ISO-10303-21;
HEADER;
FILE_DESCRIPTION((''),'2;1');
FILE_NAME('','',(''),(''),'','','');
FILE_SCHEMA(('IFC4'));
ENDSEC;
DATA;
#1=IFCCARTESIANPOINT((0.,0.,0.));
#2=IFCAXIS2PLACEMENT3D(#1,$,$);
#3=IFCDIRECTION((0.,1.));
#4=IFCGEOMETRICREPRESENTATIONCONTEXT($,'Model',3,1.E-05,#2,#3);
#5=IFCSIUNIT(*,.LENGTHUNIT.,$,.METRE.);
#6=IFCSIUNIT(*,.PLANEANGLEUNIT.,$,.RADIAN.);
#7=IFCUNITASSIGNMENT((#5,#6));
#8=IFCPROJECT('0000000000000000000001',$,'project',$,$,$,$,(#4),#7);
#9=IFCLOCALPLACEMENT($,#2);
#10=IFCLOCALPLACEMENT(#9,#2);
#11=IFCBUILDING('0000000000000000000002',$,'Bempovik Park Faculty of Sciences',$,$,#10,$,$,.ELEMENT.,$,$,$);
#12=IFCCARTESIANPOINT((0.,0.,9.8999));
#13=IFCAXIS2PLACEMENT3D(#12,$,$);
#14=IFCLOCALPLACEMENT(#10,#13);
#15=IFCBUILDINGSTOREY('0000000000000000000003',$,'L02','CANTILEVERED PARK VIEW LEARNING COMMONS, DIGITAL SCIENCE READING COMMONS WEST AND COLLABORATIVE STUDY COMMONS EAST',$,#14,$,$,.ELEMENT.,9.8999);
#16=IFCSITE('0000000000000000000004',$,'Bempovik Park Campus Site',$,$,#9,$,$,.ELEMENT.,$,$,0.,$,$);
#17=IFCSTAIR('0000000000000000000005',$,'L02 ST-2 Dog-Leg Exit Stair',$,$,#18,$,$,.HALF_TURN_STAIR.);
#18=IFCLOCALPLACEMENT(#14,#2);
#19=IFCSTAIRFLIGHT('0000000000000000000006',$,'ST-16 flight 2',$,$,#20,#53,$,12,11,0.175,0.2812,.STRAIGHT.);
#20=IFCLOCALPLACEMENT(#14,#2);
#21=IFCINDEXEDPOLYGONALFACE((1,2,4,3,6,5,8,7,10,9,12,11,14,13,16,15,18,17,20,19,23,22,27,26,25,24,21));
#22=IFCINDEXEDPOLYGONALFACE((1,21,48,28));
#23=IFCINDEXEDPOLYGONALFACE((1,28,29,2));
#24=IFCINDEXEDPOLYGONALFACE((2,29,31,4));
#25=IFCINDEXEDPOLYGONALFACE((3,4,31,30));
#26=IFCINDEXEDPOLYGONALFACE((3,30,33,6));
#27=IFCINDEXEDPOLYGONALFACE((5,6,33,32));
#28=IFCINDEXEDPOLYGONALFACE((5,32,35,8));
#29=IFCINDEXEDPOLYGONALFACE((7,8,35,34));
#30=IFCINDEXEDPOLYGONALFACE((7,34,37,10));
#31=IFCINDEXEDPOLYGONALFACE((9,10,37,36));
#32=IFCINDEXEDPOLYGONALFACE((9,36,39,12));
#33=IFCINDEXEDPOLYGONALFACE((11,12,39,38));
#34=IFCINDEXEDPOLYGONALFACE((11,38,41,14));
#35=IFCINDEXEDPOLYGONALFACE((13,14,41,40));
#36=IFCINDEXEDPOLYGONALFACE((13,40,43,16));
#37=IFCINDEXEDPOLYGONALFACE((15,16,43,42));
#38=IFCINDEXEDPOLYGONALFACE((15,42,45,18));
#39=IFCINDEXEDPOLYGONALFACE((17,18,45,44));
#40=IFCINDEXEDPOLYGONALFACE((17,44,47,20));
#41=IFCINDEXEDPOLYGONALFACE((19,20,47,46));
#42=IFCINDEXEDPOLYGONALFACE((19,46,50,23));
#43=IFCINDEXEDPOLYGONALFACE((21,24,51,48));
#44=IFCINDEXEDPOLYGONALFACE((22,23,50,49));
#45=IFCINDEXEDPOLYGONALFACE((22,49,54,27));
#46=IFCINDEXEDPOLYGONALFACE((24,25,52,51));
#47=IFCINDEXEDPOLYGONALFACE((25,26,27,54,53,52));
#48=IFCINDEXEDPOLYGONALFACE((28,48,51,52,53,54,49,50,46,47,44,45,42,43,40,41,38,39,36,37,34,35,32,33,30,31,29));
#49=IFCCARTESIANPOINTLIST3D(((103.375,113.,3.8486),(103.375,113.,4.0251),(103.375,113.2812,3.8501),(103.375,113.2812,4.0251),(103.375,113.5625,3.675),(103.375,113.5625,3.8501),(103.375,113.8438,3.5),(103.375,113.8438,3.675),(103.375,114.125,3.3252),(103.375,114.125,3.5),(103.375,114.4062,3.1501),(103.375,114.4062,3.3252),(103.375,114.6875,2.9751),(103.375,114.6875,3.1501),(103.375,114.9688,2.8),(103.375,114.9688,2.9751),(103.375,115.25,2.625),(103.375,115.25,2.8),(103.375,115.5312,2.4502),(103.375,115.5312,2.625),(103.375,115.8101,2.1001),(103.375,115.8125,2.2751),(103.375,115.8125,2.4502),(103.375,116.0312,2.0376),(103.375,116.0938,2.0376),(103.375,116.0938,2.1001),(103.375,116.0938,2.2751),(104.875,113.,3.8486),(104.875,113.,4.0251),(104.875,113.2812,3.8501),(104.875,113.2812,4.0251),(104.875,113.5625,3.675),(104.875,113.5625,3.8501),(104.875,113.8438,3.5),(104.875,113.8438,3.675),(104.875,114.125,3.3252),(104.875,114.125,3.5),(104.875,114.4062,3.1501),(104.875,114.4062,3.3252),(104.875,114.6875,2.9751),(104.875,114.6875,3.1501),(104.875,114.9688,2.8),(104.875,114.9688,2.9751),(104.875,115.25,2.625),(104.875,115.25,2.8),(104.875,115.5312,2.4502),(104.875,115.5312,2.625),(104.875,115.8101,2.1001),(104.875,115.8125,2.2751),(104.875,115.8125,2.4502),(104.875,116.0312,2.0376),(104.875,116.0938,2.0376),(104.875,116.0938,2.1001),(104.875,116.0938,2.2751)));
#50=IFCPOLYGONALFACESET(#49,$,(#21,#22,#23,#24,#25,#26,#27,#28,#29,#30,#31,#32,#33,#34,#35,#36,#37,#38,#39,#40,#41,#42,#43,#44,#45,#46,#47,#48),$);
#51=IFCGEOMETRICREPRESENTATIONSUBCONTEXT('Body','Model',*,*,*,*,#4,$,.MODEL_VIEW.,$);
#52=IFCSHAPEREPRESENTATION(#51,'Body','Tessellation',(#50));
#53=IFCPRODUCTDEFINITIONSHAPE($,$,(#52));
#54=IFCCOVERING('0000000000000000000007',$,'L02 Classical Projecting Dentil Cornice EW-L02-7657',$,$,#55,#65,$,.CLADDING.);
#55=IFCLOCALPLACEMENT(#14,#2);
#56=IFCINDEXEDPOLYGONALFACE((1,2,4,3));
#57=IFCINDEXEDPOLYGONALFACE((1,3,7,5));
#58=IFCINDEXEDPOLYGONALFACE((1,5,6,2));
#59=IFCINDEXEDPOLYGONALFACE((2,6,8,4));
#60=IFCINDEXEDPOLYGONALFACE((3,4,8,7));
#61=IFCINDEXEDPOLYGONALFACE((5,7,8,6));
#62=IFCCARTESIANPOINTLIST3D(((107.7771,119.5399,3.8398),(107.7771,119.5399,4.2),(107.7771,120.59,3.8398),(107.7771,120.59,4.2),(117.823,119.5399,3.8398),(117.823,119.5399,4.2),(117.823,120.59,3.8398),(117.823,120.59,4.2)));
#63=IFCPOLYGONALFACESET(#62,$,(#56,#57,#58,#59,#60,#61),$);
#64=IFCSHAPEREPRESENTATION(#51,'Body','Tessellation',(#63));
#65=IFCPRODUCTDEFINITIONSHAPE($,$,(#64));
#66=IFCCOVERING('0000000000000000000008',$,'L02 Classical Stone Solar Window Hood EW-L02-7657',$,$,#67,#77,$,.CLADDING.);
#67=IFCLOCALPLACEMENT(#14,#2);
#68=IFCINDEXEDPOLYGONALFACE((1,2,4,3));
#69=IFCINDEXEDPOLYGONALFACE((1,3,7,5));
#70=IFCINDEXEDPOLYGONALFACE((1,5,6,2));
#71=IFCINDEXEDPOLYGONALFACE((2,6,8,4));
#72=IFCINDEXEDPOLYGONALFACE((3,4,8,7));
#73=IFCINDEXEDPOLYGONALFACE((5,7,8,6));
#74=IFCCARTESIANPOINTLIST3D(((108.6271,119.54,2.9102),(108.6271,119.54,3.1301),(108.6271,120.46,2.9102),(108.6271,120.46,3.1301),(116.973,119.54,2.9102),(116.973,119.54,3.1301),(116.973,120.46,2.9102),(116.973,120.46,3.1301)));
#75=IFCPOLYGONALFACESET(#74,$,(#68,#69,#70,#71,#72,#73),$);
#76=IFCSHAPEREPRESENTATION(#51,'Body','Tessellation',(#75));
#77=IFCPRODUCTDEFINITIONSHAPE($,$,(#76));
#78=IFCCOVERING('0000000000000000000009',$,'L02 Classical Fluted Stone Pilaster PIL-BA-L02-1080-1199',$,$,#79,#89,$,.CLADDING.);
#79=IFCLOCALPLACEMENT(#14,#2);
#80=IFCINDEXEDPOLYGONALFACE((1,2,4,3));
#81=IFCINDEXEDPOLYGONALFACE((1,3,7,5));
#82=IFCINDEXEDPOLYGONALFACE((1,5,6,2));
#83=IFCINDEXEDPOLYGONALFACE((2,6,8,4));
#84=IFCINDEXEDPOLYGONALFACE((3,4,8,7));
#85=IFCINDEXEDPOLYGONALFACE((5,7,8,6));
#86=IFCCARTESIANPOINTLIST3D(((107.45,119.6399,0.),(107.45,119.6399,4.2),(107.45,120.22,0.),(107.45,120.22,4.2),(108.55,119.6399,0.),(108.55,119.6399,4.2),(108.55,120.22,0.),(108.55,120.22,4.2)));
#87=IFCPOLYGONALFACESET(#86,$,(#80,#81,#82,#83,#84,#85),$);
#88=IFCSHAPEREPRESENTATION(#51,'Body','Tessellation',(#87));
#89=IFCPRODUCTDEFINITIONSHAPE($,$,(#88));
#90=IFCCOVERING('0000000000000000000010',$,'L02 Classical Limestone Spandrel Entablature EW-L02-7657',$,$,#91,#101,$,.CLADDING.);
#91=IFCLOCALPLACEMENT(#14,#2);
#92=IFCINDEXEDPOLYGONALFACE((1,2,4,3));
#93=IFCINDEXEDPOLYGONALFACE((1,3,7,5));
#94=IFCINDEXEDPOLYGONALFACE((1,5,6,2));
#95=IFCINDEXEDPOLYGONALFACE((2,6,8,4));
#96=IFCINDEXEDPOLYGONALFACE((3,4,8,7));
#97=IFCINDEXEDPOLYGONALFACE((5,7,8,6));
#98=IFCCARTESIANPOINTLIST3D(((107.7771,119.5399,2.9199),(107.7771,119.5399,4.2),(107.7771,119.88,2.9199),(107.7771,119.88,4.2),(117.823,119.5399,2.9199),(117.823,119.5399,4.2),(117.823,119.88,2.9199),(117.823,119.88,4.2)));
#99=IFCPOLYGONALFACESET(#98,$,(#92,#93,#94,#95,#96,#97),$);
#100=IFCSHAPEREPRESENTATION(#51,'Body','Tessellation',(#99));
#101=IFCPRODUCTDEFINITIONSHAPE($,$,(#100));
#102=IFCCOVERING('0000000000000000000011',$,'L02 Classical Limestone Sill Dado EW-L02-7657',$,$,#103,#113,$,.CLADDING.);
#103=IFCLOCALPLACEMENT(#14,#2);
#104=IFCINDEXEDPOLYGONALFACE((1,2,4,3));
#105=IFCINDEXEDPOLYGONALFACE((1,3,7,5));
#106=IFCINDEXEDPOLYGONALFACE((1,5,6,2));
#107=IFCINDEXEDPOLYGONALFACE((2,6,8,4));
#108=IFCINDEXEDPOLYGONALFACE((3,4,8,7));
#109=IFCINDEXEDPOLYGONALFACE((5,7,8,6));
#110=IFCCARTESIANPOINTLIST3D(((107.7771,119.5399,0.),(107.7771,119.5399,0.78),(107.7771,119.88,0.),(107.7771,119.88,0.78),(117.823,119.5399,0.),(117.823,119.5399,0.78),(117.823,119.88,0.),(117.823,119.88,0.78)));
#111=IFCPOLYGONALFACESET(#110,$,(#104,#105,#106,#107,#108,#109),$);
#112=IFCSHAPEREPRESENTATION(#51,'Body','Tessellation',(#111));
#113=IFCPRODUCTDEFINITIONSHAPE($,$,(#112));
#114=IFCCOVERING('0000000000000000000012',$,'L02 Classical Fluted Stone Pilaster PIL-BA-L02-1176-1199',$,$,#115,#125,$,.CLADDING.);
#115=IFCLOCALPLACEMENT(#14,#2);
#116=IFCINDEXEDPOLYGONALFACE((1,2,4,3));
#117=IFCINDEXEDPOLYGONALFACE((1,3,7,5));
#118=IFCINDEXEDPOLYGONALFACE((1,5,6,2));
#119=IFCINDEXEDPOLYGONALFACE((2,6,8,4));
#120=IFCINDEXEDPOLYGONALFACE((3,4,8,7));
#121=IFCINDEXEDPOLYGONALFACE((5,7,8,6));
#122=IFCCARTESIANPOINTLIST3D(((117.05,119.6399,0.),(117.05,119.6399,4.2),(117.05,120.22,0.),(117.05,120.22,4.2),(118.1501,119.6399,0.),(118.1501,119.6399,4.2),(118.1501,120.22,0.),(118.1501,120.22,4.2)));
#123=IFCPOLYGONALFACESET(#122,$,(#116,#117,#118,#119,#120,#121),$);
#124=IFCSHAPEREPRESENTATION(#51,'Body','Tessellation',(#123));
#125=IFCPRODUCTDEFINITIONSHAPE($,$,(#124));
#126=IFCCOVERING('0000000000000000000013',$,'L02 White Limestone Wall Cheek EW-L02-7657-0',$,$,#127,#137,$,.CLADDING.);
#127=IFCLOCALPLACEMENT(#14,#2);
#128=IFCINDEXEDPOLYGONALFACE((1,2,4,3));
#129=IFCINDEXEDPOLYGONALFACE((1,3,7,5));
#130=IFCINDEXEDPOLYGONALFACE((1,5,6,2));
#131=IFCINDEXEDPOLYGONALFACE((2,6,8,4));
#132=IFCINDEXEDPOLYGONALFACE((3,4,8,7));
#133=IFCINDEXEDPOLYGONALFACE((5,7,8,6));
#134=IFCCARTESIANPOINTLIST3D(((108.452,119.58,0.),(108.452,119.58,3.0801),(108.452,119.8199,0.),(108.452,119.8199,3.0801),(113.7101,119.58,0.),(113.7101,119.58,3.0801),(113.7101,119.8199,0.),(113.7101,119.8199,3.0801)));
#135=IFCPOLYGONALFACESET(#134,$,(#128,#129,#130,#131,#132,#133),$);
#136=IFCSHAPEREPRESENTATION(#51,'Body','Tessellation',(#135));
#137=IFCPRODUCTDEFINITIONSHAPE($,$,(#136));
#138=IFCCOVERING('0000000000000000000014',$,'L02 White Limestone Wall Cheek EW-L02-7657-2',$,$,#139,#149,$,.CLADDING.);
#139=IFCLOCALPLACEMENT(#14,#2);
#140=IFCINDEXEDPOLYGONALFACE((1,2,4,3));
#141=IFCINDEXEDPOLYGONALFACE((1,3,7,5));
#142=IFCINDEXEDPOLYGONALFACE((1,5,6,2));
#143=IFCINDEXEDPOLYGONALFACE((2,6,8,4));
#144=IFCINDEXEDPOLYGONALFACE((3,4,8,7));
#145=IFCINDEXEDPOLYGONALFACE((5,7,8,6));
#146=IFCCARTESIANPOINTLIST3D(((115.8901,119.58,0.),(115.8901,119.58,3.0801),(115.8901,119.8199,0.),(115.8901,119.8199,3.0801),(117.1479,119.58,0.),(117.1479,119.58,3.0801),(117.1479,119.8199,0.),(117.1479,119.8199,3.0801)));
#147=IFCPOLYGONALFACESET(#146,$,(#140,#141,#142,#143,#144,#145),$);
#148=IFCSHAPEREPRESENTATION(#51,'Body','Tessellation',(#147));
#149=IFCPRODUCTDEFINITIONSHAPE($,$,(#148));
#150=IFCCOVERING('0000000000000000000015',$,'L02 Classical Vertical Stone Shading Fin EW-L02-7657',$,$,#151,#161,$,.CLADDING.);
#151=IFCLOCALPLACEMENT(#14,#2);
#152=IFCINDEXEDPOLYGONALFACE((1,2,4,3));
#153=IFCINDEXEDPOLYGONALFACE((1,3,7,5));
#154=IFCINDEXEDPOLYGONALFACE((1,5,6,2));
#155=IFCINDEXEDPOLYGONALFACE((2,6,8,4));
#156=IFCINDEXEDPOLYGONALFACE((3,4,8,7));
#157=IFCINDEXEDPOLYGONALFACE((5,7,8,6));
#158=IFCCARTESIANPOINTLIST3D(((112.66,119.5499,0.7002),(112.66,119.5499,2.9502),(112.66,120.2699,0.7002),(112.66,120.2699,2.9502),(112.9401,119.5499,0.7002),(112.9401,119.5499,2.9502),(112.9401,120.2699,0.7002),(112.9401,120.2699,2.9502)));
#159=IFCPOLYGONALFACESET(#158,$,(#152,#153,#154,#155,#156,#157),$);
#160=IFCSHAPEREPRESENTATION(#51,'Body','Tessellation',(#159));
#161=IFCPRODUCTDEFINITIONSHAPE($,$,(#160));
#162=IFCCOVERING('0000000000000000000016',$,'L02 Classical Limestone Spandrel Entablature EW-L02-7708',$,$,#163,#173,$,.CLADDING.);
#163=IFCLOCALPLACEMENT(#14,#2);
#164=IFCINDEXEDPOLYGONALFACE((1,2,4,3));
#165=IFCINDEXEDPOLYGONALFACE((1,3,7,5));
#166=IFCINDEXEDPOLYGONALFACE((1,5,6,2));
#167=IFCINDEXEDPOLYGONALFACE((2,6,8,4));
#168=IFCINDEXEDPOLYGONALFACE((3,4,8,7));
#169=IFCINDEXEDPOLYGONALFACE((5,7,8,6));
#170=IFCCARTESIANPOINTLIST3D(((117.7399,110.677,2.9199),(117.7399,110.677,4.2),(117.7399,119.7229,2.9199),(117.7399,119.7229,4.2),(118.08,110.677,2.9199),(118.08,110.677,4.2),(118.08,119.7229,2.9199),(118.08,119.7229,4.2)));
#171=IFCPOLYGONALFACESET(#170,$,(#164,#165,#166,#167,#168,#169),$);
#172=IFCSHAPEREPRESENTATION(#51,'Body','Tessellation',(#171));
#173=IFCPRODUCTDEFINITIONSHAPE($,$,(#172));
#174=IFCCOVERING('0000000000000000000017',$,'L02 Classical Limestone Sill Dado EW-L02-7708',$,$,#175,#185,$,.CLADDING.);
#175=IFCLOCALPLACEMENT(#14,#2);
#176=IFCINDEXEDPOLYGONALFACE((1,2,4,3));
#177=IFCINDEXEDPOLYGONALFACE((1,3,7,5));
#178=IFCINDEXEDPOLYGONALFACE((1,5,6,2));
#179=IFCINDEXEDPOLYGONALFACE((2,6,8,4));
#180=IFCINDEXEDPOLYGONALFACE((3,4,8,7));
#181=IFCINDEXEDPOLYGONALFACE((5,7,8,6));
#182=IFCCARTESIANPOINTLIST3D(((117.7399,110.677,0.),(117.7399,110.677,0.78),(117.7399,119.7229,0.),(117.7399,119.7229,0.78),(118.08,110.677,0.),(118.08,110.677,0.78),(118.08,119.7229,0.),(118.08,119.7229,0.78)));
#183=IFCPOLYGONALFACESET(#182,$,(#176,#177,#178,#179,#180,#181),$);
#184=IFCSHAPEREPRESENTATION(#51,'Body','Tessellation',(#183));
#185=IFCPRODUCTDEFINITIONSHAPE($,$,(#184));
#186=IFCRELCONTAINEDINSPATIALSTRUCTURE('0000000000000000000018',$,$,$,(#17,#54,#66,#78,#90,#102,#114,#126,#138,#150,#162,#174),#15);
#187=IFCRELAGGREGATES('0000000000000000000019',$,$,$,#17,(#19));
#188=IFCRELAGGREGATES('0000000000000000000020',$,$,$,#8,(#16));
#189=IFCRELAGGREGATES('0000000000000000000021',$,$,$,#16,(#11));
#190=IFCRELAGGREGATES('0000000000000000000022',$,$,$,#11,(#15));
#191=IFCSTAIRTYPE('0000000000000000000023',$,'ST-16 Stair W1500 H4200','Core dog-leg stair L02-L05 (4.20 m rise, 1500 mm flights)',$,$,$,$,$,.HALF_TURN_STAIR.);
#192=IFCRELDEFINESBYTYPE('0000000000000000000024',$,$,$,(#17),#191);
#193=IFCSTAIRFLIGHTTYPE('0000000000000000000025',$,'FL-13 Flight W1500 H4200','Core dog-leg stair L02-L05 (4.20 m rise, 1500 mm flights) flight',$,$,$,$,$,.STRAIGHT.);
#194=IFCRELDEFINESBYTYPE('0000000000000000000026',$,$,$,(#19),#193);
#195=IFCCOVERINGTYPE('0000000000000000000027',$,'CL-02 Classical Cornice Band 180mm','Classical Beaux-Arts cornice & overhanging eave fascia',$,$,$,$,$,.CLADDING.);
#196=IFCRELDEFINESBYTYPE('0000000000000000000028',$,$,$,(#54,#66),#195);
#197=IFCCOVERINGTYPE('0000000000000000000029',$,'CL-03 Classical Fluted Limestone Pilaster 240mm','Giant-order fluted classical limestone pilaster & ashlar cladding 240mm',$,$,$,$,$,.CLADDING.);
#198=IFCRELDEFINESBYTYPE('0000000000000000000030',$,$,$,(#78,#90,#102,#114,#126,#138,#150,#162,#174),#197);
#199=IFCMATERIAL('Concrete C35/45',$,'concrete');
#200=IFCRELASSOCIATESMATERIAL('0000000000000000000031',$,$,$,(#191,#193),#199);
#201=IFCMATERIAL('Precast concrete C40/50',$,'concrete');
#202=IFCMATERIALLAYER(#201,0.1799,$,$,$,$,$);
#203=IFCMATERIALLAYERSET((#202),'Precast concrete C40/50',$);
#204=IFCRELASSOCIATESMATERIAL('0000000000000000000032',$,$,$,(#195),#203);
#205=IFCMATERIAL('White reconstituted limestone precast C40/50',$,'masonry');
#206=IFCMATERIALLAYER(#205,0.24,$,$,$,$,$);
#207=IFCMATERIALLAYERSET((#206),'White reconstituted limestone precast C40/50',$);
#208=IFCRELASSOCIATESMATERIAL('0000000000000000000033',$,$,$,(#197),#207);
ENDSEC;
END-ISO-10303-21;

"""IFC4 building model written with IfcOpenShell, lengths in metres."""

from ifc_helpers import new_model, si_unit, direction, frame, origin, origin_2d, place, context, subcontext, project, spatial, polyline, rectangle, outline, extrude, material, layer, layer_set, type_object, element, aggregate, save


model = new_model("IFC4")

# Units and contexts
model_context = context("Model", 3, precision=1e-05, world=origin(), true_north=direction((0.0, 1.0)))
body_context = subcontext(model_context, "Body", "Model", "MODEL_VIEW")
ifc_project = project(units=[si_unit("LENGTHUNIT", "METRE"), si_unit("PLANEANGLEUNIT", "RADIAN")], contexts=[model_context])

# Site, building, storey
site_placement = place(None, origin())
site = spatial("IfcSite", under=ifc_project, at=site_placement, Name="Bempovik Park Campus Site", CompositionType="ELEMENT", RefElevation=0.0)
building_placement = place(site_placement, origin())
building = spatial("IfcBuilding", under=site, at=building_placement, Name="Bempovik Park Faculty of Sciences", CompositionType="ELEMENT")
storey_placement = place(building_placement, frame((0.0, 0.0, 9.8999)))
storey = spatial("IfcBuildingStorey", under=building, at=storey_placement, Name="L02", Description="CANTILEVERED PARK VIEW LEARNING COMMONS, DIGITAL SCIENCE READING COMMONS WEST AND COLLABORATIVE STUDY COMMONS EAST", CompositionType="ELEMENT", Elevation=9.8999)

# Shared definitions
ifc_material_1 = material(Name="Concrete C35/45", Category="concrete")

# Shared definitions
ifc_material_2 = material(Name="Precast concrete C40/50", Category="concrete")

# Stair, stair flight
stair_type = type_object("IfcStairType", Name="ST-16 Stair W1500 H4200", Description="Core dog-leg stair L02-L05 (4.20 m rise, 1500 mm flights)", PredefinedType="HALF_TURN_STAIR", material=ifc_material_1)
stair_placement = place(storey_placement, origin())
stair = element("IfcStair", 1, at=stair_placement, inside=storey, type_object=stair_type, Name="L02 ST-2 Dog-Leg Exit Stair", PredefinedType="HALF_TURN_STAIR")
stair_flight_type = type_object("IfcStairFlightType", Name="FL-13 Flight W1500 H4200", Description="Core dog-leg stair L02-L05 (4.20 m rise, 1500 mm flights) flight", PredefinedType="STRAIGHT", material=ifc_material_1)
stair_flight_1_placement = place(storey_placement, frame((104.125, 116.0938, 2.1001), z_axis=(0.0, 0.0, 1.0), x_axis=(0.0, -1.0, 0.0)))
stair_flight_1 = element("IfcStairFlight", 2, at=stair_flight_1_placement, type_object=stair_flight_type, Name="ST-16 flight 2", NumberOfRisers=12, NumberOfTreads=11, PredefinedType="STRAIGHT", RiserHeight=0.175, TreadLength=0.2812, context=body_context, shape_type="SweptSolid", body=[
    extrude(outline(polyline([(0.0, 0.0), (0.0, 0.175), (0.2812, 0.175), (0.2812, 0.3501), (0.5625, 0.3501), (0.5625, 0.5249), (0.8438, 0.5249), (0.8438, 0.7), (1.125, 0.7), (1.125, 0.875), (1.4062, 0.875), (1.4062, 1.05), (1.6875, 1.05), (1.6875, 1.2251), (1.9688, 1.2251), (1.9688, 1.3999), (2.25, 1.3999), (2.25, 1.575), (2.5312, 1.575), (2.5312, 1.75), (2.8125, 1.75), (2.8125, 1.925), (3.0938, 1.925), (3.0938, 2.1001), (3.0938, 1.7485), (0.2837, 0.0), (0.0625, -0.0625), (0.0, -0.0625), (0.0, 0.0)])), frame((0.0, 0.75, 0.0), z_axis=(0.0, -1.0, 0.0), x_axis=(1.0, 0.0, 0.0)), (0.0, 0.0, 1.0), 1.5),
])
aggregate(stair, [stair_flight_1])

# Coverings
ifc_layer_1 = layer(ifc_material_2, 0.1799)
ifc_layer_set_1 = layer_set([ifc_layer_1], Name="Precast concrete C40/50")
covering_type_1 = type_object("IfcCoveringType", Name="CL-02 Classical Cornice Band 180mm", Description="Classical Beaux-Arts cornice & overhanging eave fascia", PredefinedType="CLADDING", material=ifc_layer_set_1)
covering_1_placement = place(storey_placement, frame((112.8, 120.0649, 3.8398), z_axis=(0.0, 0.0, 1.0), x_axis=(1.0, 0.0, 0.0)))
element("IfcCovering", 3, at=covering_1_placement, inside=storey, type_object=covering_type_1, Name="L02 Classical Projecting Dentil Cornice EW-L02-7657", PredefinedType="CLADDING", context=body_context, shape_type="SweptSolid", body=[
    extrude(rectangle(XDim=10.0459, YDim=1.05, at=origin_2d()), origin(), (0.0, 0.0, 1.0), 0.3601),
])
covering_2_placement = place(storey_placement, frame((112.8, 120.0, 2.9102), z_axis=(0.0, 0.0, 1.0), x_axis=(1.0, 0.0, 0.0)))
element("IfcCovering", 4, at=covering_2_placement, inside=storey, type_object=covering_type_1, Name="L02 Classical Stone Solar Window Hood EW-L02-7657", PredefinedType="CLADDING", context=body_context, shape_type="SweptSolid", body=[
    extrude(rectangle(XDim=8.3459, YDim=0.9199, at=origin_2d()), origin(), (0.0, 0.0, 1.0), 0.22),
])
ifc_material_3 = material(Name="White reconstituted limestone precast C40/50", Category="masonry")
ifc_layer_2 = layer(ifc_material_3, 0.24)
ifc_layer_set_2 = layer_set([ifc_layer_2], Name="White reconstituted limestone precast C40/50")
covering_type_2 = type_object("IfcCoveringType", Name="CL-03 Classical Fluted Limestone Pilaster 240mm", Description="Giant-order fluted classical limestone pilaster & ashlar cladding 240mm", PredefinedType="CLADDING", material=ifc_layer_set_2)
covering_3_placement = place(storey_placement, frame((108.0, 119.9299, 0.0), z_axis=(0.0, 0.0, 1.0), x_axis=(1.0, 0.0, 0.0)))
element("IfcCovering", 5, at=covering_3_placement, inside=storey, type_object=covering_type_2, Name="L02 Classical Fluted Stone Pilaster PIL-BA-L02-1080-1199", PredefinedType="CLADDING", context=body_context, shape_type="SweptSolid", body=[
    extrude(rectangle(XDim=1.1001, YDim=0.5801, at=origin_2d()), origin(), (0.0, 0.0, 1.0), 4.2),
])
covering_4_placement = place(storey_placement, frame((112.8, 119.71, 2.9199), z_axis=(0.0, 0.0, 1.0), x_axis=(1.0, 0.0, 0.0)))
element("IfcCovering", 6, at=covering_4_placement, inside=storey, type_object=covering_type_2, Name="L02 Classical Limestone Spandrel Entablature EW-L02-7657", PredefinedType="CLADDING", context=body_context, shape_type="SweptSolid", body=[
    extrude(rectangle(XDim=10.0459, YDim=0.3401, at=origin_2d()), origin(), (0.0, 0.0, 1.0), 1.28),
])
covering_5_placement = place(storey_placement, frame((112.8, 119.71, 0.0), z_axis=(0.0, 0.0, 1.0), x_axis=(1.0, 0.0, 0.0)))
element("IfcCovering", 7, at=covering_5_placement, inside=storey, type_object=covering_type_2, Name="L02 Classical Limestone Sill Dado EW-L02-7657", PredefinedType="CLADDING", context=body_context, shape_type="SweptSolid", body=[
    extrude(rectangle(XDim=10.0459, YDim=0.3401, at=origin_2d()), origin(), (0.0, 0.0, 1.0), 0.78),
])
covering_6_placement = place(storey_placement, frame((117.6001, 119.9299, 0.0), z_axis=(0.0, 0.0, 1.0), x_axis=(1.0, 0.0, 0.0)))
element("IfcCovering", 8, at=covering_6_placement, inside=storey, type_object=covering_type_2, Name="L02 Classical Fluted Stone Pilaster PIL-BA-L02-1176-1199", PredefinedType="CLADDING", context=body_context, shape_type="SweptSolid", body=[
    extrude(rectangle(XDim=1.1001, YDim=0.5801, at=origin_2d()), origin(), (0.0, 0.0, 1.0), 4.2),
])
covering_7_placement = place(storey_placement, frame((111.0811, 119.7, 0.0), z_axis=(0.0, 0.0, 1.0), x_axis=(1.0, 0.0, 0.0)))
element("IfcCovering", 9, at=covering_7_placement, inside=storey, type_object=covering_type_2, Name="L02 White Limestone Wall Cheek EW-L02-7657-0", PredefinedType="CLADDING", context=body_context, shape_type="SweptSolid", body=[
    extrude(rectangle(XDim=5.2581, YDim=0.24, at=origin_2d()), origin(), (0.0, 0.0, 1.0), 3.0801),
])
covering_8_placement = place(storey_placement, frame((116.519, 119.7, 0.0), z_axis=(0.0, 0.0, 1.0), x_axis=(1.0, 0.0, 0.0)))
element("IfcCovering", 10, at=covering_8_placement, inside=storey, type_object=covering_type_2, Name="L02 White Limestone Wall Cheek EW-L02-7657-2", PredefinedType="CLADDING", context=body_context, shape_type="SweptSolid", body=[
    extrude(rectangle(XDim=1.2578, YDim=0.24, at=origin_2d()), origin(), (0.0, 0.0, 1.0), 3.0801),
])
covering_9_placement = place(storey_placement, frame((112.8, 119.9099, 0.7002), z_axis=(0.0, 0.0, 1.0), x_axis=(1.0, 0.0, 0.0)))
element("IfcCovering", 11, at=covering_9_placement, inside=storey, type_object=covering_type_2, Name="L02 Classical Vertical Stone Shading Fin EW-L02-7657", PredefinedType="CLADDING", context=body_context, shape_type="SweptSolid", body=[
    extrude(rectangle(XDim=0.28, YDim=0.72, at=origin_2d()), origin(), (0.0, 0.0, 1.0), 2.25),
])
covering_10_placement = place(storey_placement, frame((117.9099, 115.2, 2.9199), z_axis=(0.0, 0.0, 1.0), x_axis=(1.0, 0.0, 0.0)))
element("IfcCovering", 12, at=covering_10_placement, inside=storey, type_object=covering_type_2, Name="L02 Classical Limestone Spandrel Entablature EW-L02-7708", PredefinedType="CLADDING", context=body_context, shape_type="SweptSolid", body=[
    extrude(rectangle(XDim=0.3401, YDim=9.0459, at=origin_2d()), origin(), (0.0, 0.0, 1.0), 1.28),
])
covering_11_placement = place(storey_placement, frame((117.9099, 115.2, 0.0), z_axis=(0.0, 0.0, 1.0), x_axis=(1.0, 0.0, 0.0)))
element("IfcCovering", 13, at=covering_11_placement, inside=storey, type_object=covering_type_2, Name="L02 Classical Limestone Sill Dado EW-L02-7708", PredefinedType="CLADDING", context=body_context, shape_type="SweptSolid", body=[
    extrude(rectangle(XDim=0.3401, YDim=9.0459, at=origin_2d()), origin(), (0.0, 0.0, 1.0), 0.78),
])

save(model, "model.ifc")
